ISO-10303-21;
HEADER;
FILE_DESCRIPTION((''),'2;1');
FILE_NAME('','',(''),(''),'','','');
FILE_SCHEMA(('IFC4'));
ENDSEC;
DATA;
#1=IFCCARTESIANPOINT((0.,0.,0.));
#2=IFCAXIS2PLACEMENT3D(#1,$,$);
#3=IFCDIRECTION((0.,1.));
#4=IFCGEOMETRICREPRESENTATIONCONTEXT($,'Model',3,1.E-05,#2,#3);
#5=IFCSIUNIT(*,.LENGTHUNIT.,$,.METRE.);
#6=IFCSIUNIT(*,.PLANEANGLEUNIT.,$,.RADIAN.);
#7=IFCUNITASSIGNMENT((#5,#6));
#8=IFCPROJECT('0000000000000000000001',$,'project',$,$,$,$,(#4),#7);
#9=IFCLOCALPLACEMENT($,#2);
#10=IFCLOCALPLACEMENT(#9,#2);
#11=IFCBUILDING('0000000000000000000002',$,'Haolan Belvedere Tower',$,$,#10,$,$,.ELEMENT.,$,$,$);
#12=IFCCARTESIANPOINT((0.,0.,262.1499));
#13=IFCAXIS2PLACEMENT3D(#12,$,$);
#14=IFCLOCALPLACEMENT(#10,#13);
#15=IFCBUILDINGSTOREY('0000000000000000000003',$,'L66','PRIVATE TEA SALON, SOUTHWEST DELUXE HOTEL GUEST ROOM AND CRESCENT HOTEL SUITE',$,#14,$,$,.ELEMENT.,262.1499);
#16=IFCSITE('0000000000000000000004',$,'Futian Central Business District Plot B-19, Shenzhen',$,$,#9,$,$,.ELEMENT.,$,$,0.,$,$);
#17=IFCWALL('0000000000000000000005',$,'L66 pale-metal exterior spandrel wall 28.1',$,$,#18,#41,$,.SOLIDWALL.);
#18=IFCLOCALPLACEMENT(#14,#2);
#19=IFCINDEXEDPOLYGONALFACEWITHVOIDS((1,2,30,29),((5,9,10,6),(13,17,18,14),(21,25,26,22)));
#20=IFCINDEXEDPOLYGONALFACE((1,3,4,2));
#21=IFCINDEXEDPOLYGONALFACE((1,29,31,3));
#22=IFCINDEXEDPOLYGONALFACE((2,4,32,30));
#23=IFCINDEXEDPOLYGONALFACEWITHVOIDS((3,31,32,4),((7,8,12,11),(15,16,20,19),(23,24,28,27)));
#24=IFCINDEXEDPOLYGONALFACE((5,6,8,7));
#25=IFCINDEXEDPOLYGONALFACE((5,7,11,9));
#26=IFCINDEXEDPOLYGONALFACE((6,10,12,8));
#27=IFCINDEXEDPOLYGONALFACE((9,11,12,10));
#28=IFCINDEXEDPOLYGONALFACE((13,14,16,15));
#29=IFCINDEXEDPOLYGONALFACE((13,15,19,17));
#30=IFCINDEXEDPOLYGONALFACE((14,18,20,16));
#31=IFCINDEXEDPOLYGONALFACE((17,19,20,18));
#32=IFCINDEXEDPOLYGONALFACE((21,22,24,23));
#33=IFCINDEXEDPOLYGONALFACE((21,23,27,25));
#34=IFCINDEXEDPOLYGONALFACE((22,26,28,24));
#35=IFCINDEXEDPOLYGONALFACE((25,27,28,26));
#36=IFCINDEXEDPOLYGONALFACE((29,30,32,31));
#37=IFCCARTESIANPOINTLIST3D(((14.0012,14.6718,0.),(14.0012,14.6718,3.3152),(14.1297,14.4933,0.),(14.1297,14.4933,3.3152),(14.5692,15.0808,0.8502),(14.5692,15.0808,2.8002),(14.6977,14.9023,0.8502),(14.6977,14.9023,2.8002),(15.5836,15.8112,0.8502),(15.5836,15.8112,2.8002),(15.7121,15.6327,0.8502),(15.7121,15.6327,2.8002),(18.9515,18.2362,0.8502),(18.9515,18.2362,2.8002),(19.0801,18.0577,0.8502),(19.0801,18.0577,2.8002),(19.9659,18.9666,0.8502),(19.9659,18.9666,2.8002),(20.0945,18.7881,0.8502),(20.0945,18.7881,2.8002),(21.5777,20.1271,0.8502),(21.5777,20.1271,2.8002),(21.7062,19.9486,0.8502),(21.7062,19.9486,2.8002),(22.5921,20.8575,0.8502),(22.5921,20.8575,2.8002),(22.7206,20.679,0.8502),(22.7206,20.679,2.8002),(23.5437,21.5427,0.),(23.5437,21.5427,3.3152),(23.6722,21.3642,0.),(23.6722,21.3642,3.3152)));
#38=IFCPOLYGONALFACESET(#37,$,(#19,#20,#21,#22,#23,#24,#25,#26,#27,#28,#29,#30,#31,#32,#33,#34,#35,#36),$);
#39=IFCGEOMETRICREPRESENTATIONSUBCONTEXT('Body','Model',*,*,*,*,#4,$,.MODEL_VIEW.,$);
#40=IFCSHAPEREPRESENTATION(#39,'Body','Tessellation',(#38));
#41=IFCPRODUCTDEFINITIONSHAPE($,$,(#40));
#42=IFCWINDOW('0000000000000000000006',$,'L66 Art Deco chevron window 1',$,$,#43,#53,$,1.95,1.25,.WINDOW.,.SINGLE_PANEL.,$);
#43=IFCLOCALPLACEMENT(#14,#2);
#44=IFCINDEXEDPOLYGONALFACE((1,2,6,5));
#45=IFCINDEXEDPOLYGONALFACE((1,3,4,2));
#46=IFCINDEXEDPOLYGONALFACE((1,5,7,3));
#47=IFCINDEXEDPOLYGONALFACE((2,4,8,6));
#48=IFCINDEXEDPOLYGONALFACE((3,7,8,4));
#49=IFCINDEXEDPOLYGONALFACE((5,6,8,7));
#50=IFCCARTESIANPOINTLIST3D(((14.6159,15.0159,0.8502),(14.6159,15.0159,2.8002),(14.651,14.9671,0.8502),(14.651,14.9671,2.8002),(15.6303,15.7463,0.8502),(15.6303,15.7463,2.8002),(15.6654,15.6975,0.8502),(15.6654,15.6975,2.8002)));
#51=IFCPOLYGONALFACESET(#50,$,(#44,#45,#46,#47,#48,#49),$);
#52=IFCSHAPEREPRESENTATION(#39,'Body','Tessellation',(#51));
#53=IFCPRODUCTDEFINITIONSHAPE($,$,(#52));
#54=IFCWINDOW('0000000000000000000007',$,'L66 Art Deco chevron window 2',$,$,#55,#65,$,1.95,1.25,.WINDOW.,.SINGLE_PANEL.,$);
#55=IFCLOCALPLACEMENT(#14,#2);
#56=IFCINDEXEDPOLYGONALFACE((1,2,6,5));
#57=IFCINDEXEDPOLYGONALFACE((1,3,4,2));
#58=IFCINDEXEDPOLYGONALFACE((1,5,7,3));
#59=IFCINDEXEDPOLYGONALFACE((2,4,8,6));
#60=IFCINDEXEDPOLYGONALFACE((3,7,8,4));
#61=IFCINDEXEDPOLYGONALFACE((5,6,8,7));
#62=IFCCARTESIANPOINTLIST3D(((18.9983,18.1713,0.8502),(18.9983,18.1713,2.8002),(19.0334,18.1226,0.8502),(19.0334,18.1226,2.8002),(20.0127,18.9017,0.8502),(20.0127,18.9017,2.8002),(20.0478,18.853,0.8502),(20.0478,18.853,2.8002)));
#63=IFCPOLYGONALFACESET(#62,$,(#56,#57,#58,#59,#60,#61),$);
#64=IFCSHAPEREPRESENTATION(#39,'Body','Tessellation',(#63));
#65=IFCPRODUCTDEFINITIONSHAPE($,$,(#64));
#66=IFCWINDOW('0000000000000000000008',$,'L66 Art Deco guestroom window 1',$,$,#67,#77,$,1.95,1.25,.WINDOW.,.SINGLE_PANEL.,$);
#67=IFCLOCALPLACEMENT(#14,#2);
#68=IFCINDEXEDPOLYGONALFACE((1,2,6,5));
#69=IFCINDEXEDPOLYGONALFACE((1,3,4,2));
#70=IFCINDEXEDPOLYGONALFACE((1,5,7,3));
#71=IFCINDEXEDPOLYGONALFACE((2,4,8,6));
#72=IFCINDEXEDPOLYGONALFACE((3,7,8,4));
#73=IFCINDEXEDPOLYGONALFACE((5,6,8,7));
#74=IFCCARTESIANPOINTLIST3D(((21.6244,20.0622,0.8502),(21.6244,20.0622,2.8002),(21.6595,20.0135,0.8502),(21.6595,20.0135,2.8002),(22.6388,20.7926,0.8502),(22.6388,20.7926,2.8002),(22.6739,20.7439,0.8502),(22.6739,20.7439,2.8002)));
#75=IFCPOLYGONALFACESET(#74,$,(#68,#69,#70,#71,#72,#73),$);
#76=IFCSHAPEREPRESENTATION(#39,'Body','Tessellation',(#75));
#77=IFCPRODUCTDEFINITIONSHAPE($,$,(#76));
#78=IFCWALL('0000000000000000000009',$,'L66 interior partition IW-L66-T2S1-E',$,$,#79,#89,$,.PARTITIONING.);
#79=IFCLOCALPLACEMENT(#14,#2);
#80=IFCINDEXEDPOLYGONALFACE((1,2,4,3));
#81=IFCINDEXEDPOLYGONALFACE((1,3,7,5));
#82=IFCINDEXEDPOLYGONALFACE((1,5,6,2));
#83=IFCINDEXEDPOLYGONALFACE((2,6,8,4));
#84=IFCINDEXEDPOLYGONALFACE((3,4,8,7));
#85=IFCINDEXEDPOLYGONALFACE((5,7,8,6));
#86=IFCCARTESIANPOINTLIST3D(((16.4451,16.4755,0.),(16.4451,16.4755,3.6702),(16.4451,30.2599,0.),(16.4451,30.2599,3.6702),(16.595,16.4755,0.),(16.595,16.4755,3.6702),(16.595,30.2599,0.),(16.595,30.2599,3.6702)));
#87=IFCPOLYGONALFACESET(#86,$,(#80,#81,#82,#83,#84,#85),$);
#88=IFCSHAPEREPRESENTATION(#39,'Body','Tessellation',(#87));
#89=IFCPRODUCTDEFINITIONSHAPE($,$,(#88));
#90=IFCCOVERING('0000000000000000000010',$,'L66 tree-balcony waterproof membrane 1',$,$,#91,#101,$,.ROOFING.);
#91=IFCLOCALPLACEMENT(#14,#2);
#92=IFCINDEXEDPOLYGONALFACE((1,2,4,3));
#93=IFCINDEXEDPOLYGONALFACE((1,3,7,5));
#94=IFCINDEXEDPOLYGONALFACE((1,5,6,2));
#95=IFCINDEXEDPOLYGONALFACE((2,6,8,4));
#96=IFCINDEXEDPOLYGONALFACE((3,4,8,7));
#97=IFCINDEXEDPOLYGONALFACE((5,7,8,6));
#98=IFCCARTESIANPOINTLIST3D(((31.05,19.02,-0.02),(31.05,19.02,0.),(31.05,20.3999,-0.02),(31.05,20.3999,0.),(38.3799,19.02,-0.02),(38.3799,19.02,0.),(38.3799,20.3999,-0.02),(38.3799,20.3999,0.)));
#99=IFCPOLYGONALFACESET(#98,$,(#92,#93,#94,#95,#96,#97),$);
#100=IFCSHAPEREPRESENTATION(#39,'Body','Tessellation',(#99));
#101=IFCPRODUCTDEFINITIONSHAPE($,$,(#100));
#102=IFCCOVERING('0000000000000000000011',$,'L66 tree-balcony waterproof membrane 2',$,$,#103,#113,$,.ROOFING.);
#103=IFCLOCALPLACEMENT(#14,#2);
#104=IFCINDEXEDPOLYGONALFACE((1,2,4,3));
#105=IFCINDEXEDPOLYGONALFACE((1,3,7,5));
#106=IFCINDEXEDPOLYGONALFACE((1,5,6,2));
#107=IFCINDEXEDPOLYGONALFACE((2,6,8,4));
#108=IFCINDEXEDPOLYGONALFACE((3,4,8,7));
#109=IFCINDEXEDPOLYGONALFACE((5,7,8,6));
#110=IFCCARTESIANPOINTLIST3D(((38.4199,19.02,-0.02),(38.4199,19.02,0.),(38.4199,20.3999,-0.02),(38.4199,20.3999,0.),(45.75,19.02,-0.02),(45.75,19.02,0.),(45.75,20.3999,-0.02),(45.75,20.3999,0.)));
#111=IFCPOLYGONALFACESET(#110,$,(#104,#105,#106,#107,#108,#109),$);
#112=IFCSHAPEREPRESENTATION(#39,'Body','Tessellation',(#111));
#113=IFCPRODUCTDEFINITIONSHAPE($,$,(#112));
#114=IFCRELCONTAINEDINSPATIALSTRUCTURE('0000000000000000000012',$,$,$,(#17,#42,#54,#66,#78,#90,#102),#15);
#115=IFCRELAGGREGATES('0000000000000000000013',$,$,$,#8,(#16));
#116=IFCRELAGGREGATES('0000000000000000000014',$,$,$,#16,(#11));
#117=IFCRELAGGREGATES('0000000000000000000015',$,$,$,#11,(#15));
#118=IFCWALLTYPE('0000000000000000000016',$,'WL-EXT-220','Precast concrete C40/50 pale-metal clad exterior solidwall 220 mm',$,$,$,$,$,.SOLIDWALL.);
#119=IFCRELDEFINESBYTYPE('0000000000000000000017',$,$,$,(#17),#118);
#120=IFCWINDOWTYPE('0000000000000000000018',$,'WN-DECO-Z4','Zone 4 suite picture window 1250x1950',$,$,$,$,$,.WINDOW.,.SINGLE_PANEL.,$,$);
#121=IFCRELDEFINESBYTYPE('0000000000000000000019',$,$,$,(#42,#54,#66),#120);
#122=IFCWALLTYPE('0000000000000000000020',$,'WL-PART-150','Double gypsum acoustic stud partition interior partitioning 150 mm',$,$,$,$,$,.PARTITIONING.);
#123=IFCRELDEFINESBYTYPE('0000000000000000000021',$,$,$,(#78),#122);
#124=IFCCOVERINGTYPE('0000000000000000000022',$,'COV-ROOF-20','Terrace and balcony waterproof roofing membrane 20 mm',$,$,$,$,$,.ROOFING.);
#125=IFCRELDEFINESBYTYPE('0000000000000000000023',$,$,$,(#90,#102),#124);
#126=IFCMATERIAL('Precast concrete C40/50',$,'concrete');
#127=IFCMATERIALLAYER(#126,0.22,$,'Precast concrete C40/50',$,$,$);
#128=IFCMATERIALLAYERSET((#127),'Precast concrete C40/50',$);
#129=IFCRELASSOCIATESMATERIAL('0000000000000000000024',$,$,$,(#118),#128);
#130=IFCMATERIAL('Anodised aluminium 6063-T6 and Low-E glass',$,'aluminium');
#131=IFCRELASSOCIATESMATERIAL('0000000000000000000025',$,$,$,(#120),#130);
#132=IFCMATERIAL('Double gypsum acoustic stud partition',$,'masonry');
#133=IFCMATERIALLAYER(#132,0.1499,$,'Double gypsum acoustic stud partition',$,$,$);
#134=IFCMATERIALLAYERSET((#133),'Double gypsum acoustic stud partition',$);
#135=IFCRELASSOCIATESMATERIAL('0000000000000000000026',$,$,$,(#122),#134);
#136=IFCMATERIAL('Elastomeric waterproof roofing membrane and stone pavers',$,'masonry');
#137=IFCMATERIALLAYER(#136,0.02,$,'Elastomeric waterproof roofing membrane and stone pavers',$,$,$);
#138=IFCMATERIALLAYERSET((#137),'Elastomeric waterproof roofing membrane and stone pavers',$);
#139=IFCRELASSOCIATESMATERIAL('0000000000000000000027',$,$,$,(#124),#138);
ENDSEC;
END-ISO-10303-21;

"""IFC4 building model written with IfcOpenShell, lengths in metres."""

from ifc_helpers import new_model, si_unit, direction, frame, frame_2d, origin, place, context, subcontext, project, spatial, polyline, rectangle, outline, extrude, material, layer, layer_set, type_object, element, fill, save


model = new_model("IFC4")

# Units and contexts
model_context = context("Model", 3, precision=1e-05, world=origin(), true_north=direction((0.0, 1.0)))
body_context = subcontext(model_context, "Body", "Model", "MODEL_VIEW")
ifc_project = project(units=[si_unit("LENGTHUNIT", "METRE"), si_unit("PLANEANGLEUNIT", "RADIAN")], contexts=[model_context])

# Site, building, storey
site_placement = place(None, origin())
site = spatial("IfcSite", under=ifc_project, at=site_placement, Name="Futian Central Business District Plot B-19, Shenzhen", CompositionType="ELEMENT", RefElevation=0.0)
building_placement = place(site_placement, origin())
building = spatial("IfcBuilding", under=site, at=building_placement, Name="Haolan Belvedere Tower", CompositionType="ELEMENT")
storey_placement = place(building_placement, frame((0.0, 0.0, 262.1499)))
storey = spatial("IfcBuildingStorey", under=building, at=storey_placement, Name="L66", Description="PRIVATE TEA SALON, SOUTHWEST DELUXE HOTEL GUEST ROOM AND CRESCENT HOTEL SUITE", CompositionType="ELEMENT", Elevation=262.1499)

# Shared definitions
ifc_material_1 = material(Name="Precast concrete C40/50", Category="concrete")
ifc_layer_1 = layer(ifc_material_1, 0.22, Name="Precast concrete C40/50")
ifc_layer_set_1 = layer_set([ifc_layer_1], Name="Precast concrete C40/50")
wall_type_1 = type_object("IfcWallType", Name="WL-EXT-220", Description="Precast concrete C40/50 pale-metal clad exterior solidwall 220 mm", PredefinedType="SOLIDWALL", material=ifc_layer_set_1)

# Wall, openings, windows
wall_1_placement = place(storey_placement, frame((14.0654, 14.5825, 0.0), z_axis=(0.0, 0.0, 1.0), x_axis=(0.811524, 0.584319, 0.0)))
wall_1 = element("IfcWall", 1, at=wall_1_placement, inside=storey, type_object=wall_type_1, Name="L66 pale-metal exterior spandrel wall 28.1", PredefinedType="SOLIDWALL", context=body_context, shape_type="SweptSolid", body=[
    extrude(rectangle(XDim=11.7588, YDim=0.22, at=frame_2d((5.8794, 0.0))), origin(), (0.0, 0.0, 1.0), 3.3152),
])
opening_1_placement = place(wall_1_placement, frame((0.7, 0.0, 0.8501)))
opening_1 = element("IfcOpeningElement", 2, at=opening_1_placement, cuts=wall_1, PredefinedType="OPENING", context=body_context, shape_type="SweptSolid", body=[
    extrude(rectangle(XDim=1.25, YDim=1.95, at=frame_2d((0.625, 0.9751))), frame((0.0, 0.1199, 0.0), z_axis=(0.0, -1.0, 0.0), x_axis=(1.0, 0.0, 0.0)), (0.0, 0.0, 1.0), 0.24),
])
opening_2_placement = place(wall_1_placement, frame((6.1001, 0.0, 0.8501)))
opening_2 = element("IfcOpeningElement", 3, at=opening_2_placement, cuts=wall_1, PredefinedType="OPENING", context=body_context, shape_type="SweptSolid", body=[
    extrude(rectangle(XDim=1.25, YDim=1.95, at=frame_2d((0.625, 0.9751))), frame((0.0, 0.1199, 0.0), z_axis=(0.0, -1.0, 0.0), x_axis=(1.0, 0.0, 0.0)), (0.0, 0.0, 1.0), 0.24),
])
opening_3_placement = place(wall_1_placement, frame((9.3362, 0.0, 0.8501)))
opening_3 = element("IfcOpeningElement", 4, at=opening_3_placement, cuts=wall_1, PredefinedType="OPENING", context=body_context, shape_type="SweptSolid", body=[
    extrude(rectangle(XDim=1.25, YDim=1.95, at=frame_2d((0.625, 0.9751))), frame((0.0, 0.1199, 0.0), z_axis=(0.0, -1.0, 0.0), x_axis=(1.0, 0.0, 0.0)), (0.0, 0.0, 1.0), 0.24),
])
ifc_material_2 = material(Name="Anodised aluminium 6063-T6 and Low-E glass", Category="aluminium")
window_type = type_object("IfcWindowType", Name="WN-DECO-Z4", Description="Zone 4 suite picture window 1250x1950", PartitioningType="SINGLE_PANEL", PredefinedType="WINDOW", material=ifc_material_2)
window_1_placement = place(opening_1_placement, origin())
window_1 = element("IfcWindow", 5, at=window_1_placement, inside=storey, type_object=window_type, Name="L66 Art Deco chevron window 1", OverallHeight=1.95, OverallWidth=1.25, PartitioningType="SINGLE_PANEL", PredefinedType="WINDOW", context=body_context, shape_type="SweptSolid", body=[
    extrude(rectangle(XDim=1.25, YDim=1.95, at=frame_2d((0.625, 0.9751))), frame((0.0, 0.03, 0.0), z_axis=(0.0, -1.0, 0.0), x_axis=(1.0, 0.0, 0.0)), (0.0, 0.0, 1.0), 0.0601),
])
fill(opening_1, window_1)
window_2_placement = place(opening_2_placement, origin())
window_2 = element("IfcWindow", 6, at=window_2_placement, inside=storey, type_object=window_type, Name="L66 Art Deco chevron window 2", OverallHeight=1.95, OverallWidth=1.25, PartitioningType="SINGLE_PANEL", PredefinedType="WINDOW", context=body_context, shape_type="SweptSolid", body=[
    extrude(rectangle(XDim=1.25, YDim=1.95, at=frame_2d((0.625, 0.9751))), frame((0.0, 0.03, 0.0), z_axis=(0.0, -1.0, 0.0), x_axis=(1.0, 0.0, 0.0)), (0.0, 0.0, 1.0), 0.0601),
])
fill(opening_2, window_2)
window_3_placement = place(opening_3_placement, origin())
window_3 = element("IfcWindow", 7, at=window_3_placement, inside=storey, type_object=window_type, Name="L66 Art Deco guestroom window 1", OverallHeight=1.95, OverallWidth=1.25, PartitioningType="SINGLE_PANEL", PredefinedType="WINDOW", context=body_context, shape_type="SweptSolid", body=[
    extrude(rectangle(XDim=1.25, YDim=1.95, at=frame_2d((0.625, 0.9751))), frame((0.0, 0.03, 0.0), z_axis=(0.0, -1.0, 0.0), x_axis=(1.0, 0.0, 0.0)), (0.0, 0.0, 1.0), 0.0601),
])
fill(opening_3, window_3)

# Wall
ifc_material_3 = material(Name="Double gypsum acoustic stud partition", Category="masonry")
ifc_layer_2 = layer(ifc_material_3, 0.1499, Name="Double gypsum acoustic stud partition")
ifc_layer_set_2 = layer_set([ifc_layer_2], Name="Double gypsum acoustic stud partition")
wall_type_2 = type_object("IfcWallType", Name="WL-PART-150", Description="Double gypsum acoustic stud partition interior partitioning 150 mm", PredefinedType="PARTITIONING", material=ifc_layer_set_2)
wall_2_placement = place(storey_placement, frame((16.52, 16.4756, 0.0), z_axis=(0.0, 0.0, 1.0), x_axis=(0.0, 1.0, 0.0)))
element("IfcWall", 8, at=wall_2_placement, inside=storey, type_object=wall_type_2, Name="L66 interior partition IW-L66-T2S1-E", PredefinedType="PARTITIONING", context=body_context, shape_type="SweptSolid", body=[
    extrude(rectangle(XDim=13.7844, YDim=0.1499, at=frame_2d((6.8921, 0.0))), origin(), (0.0, 0.0, 1.0), 3.6702),
])

# Coverings
ifc_material_4 = material(Name="Elastomeric waterproof roofing membrane and stone pavers", Category="masonry")
ifc_layer_3 = layer(ifc_material_4, 0.02, Name="Elastomeric waterproof roofing membrane and stone pavers")
ifc_layer_set_3 = layer_set([ifc_layer_3], Name="Elastomeric waterproof roofing membrane and stone pavers")
covering_type = type_object("IfcCoveringType", Name="COV-ROOF-20", Description="Terrace and balcony waterproof roofing membrane 20 mm", PredefinedType="ROOFING", material=ifc_layer_set_3)
covering_1_placement = place(storey_placement, frame((0.0, 0.0, -0.02)))
element("IfcCovering", 9, at=covering_1_placement, inside=storey, type_object=covering_type, Name="L66 tree-balcony waterproof membrane 1", PredefinedType="ROOFING", context=body_context, shape_type="SweptSolid", body=[
    extrude(outline(polyline([(31.05, 19.02), (38.3799, 19.02), (38.3799, 20.3999), (31.05, 20.3999), (31.05, 19.02)])), origin(), (0.0, 0.0, 1.0), 0.02),
])
covering_2_placement = place(storey_placement, frame((0.0, 0.0, -0.02)))
element("IfcCovering", 10, at=covering_2_placement, inside=storey, type_object=covering_type, Name="L66 tree-balcony waterproof membrane 2", PredefinedType="ROOFING", context=body_context, shape_type="SweptSolid", body=[
    extrude(outline(polyline([(38.4199, 19.02), (45.75, 19.02), (45.75, 20.3999), (38.4199, 20.3999), (38.4199, 19.02)])), origin(), (0.0, 0.0, 1.0), 0.02),
])

save(model, "model.ifc")
